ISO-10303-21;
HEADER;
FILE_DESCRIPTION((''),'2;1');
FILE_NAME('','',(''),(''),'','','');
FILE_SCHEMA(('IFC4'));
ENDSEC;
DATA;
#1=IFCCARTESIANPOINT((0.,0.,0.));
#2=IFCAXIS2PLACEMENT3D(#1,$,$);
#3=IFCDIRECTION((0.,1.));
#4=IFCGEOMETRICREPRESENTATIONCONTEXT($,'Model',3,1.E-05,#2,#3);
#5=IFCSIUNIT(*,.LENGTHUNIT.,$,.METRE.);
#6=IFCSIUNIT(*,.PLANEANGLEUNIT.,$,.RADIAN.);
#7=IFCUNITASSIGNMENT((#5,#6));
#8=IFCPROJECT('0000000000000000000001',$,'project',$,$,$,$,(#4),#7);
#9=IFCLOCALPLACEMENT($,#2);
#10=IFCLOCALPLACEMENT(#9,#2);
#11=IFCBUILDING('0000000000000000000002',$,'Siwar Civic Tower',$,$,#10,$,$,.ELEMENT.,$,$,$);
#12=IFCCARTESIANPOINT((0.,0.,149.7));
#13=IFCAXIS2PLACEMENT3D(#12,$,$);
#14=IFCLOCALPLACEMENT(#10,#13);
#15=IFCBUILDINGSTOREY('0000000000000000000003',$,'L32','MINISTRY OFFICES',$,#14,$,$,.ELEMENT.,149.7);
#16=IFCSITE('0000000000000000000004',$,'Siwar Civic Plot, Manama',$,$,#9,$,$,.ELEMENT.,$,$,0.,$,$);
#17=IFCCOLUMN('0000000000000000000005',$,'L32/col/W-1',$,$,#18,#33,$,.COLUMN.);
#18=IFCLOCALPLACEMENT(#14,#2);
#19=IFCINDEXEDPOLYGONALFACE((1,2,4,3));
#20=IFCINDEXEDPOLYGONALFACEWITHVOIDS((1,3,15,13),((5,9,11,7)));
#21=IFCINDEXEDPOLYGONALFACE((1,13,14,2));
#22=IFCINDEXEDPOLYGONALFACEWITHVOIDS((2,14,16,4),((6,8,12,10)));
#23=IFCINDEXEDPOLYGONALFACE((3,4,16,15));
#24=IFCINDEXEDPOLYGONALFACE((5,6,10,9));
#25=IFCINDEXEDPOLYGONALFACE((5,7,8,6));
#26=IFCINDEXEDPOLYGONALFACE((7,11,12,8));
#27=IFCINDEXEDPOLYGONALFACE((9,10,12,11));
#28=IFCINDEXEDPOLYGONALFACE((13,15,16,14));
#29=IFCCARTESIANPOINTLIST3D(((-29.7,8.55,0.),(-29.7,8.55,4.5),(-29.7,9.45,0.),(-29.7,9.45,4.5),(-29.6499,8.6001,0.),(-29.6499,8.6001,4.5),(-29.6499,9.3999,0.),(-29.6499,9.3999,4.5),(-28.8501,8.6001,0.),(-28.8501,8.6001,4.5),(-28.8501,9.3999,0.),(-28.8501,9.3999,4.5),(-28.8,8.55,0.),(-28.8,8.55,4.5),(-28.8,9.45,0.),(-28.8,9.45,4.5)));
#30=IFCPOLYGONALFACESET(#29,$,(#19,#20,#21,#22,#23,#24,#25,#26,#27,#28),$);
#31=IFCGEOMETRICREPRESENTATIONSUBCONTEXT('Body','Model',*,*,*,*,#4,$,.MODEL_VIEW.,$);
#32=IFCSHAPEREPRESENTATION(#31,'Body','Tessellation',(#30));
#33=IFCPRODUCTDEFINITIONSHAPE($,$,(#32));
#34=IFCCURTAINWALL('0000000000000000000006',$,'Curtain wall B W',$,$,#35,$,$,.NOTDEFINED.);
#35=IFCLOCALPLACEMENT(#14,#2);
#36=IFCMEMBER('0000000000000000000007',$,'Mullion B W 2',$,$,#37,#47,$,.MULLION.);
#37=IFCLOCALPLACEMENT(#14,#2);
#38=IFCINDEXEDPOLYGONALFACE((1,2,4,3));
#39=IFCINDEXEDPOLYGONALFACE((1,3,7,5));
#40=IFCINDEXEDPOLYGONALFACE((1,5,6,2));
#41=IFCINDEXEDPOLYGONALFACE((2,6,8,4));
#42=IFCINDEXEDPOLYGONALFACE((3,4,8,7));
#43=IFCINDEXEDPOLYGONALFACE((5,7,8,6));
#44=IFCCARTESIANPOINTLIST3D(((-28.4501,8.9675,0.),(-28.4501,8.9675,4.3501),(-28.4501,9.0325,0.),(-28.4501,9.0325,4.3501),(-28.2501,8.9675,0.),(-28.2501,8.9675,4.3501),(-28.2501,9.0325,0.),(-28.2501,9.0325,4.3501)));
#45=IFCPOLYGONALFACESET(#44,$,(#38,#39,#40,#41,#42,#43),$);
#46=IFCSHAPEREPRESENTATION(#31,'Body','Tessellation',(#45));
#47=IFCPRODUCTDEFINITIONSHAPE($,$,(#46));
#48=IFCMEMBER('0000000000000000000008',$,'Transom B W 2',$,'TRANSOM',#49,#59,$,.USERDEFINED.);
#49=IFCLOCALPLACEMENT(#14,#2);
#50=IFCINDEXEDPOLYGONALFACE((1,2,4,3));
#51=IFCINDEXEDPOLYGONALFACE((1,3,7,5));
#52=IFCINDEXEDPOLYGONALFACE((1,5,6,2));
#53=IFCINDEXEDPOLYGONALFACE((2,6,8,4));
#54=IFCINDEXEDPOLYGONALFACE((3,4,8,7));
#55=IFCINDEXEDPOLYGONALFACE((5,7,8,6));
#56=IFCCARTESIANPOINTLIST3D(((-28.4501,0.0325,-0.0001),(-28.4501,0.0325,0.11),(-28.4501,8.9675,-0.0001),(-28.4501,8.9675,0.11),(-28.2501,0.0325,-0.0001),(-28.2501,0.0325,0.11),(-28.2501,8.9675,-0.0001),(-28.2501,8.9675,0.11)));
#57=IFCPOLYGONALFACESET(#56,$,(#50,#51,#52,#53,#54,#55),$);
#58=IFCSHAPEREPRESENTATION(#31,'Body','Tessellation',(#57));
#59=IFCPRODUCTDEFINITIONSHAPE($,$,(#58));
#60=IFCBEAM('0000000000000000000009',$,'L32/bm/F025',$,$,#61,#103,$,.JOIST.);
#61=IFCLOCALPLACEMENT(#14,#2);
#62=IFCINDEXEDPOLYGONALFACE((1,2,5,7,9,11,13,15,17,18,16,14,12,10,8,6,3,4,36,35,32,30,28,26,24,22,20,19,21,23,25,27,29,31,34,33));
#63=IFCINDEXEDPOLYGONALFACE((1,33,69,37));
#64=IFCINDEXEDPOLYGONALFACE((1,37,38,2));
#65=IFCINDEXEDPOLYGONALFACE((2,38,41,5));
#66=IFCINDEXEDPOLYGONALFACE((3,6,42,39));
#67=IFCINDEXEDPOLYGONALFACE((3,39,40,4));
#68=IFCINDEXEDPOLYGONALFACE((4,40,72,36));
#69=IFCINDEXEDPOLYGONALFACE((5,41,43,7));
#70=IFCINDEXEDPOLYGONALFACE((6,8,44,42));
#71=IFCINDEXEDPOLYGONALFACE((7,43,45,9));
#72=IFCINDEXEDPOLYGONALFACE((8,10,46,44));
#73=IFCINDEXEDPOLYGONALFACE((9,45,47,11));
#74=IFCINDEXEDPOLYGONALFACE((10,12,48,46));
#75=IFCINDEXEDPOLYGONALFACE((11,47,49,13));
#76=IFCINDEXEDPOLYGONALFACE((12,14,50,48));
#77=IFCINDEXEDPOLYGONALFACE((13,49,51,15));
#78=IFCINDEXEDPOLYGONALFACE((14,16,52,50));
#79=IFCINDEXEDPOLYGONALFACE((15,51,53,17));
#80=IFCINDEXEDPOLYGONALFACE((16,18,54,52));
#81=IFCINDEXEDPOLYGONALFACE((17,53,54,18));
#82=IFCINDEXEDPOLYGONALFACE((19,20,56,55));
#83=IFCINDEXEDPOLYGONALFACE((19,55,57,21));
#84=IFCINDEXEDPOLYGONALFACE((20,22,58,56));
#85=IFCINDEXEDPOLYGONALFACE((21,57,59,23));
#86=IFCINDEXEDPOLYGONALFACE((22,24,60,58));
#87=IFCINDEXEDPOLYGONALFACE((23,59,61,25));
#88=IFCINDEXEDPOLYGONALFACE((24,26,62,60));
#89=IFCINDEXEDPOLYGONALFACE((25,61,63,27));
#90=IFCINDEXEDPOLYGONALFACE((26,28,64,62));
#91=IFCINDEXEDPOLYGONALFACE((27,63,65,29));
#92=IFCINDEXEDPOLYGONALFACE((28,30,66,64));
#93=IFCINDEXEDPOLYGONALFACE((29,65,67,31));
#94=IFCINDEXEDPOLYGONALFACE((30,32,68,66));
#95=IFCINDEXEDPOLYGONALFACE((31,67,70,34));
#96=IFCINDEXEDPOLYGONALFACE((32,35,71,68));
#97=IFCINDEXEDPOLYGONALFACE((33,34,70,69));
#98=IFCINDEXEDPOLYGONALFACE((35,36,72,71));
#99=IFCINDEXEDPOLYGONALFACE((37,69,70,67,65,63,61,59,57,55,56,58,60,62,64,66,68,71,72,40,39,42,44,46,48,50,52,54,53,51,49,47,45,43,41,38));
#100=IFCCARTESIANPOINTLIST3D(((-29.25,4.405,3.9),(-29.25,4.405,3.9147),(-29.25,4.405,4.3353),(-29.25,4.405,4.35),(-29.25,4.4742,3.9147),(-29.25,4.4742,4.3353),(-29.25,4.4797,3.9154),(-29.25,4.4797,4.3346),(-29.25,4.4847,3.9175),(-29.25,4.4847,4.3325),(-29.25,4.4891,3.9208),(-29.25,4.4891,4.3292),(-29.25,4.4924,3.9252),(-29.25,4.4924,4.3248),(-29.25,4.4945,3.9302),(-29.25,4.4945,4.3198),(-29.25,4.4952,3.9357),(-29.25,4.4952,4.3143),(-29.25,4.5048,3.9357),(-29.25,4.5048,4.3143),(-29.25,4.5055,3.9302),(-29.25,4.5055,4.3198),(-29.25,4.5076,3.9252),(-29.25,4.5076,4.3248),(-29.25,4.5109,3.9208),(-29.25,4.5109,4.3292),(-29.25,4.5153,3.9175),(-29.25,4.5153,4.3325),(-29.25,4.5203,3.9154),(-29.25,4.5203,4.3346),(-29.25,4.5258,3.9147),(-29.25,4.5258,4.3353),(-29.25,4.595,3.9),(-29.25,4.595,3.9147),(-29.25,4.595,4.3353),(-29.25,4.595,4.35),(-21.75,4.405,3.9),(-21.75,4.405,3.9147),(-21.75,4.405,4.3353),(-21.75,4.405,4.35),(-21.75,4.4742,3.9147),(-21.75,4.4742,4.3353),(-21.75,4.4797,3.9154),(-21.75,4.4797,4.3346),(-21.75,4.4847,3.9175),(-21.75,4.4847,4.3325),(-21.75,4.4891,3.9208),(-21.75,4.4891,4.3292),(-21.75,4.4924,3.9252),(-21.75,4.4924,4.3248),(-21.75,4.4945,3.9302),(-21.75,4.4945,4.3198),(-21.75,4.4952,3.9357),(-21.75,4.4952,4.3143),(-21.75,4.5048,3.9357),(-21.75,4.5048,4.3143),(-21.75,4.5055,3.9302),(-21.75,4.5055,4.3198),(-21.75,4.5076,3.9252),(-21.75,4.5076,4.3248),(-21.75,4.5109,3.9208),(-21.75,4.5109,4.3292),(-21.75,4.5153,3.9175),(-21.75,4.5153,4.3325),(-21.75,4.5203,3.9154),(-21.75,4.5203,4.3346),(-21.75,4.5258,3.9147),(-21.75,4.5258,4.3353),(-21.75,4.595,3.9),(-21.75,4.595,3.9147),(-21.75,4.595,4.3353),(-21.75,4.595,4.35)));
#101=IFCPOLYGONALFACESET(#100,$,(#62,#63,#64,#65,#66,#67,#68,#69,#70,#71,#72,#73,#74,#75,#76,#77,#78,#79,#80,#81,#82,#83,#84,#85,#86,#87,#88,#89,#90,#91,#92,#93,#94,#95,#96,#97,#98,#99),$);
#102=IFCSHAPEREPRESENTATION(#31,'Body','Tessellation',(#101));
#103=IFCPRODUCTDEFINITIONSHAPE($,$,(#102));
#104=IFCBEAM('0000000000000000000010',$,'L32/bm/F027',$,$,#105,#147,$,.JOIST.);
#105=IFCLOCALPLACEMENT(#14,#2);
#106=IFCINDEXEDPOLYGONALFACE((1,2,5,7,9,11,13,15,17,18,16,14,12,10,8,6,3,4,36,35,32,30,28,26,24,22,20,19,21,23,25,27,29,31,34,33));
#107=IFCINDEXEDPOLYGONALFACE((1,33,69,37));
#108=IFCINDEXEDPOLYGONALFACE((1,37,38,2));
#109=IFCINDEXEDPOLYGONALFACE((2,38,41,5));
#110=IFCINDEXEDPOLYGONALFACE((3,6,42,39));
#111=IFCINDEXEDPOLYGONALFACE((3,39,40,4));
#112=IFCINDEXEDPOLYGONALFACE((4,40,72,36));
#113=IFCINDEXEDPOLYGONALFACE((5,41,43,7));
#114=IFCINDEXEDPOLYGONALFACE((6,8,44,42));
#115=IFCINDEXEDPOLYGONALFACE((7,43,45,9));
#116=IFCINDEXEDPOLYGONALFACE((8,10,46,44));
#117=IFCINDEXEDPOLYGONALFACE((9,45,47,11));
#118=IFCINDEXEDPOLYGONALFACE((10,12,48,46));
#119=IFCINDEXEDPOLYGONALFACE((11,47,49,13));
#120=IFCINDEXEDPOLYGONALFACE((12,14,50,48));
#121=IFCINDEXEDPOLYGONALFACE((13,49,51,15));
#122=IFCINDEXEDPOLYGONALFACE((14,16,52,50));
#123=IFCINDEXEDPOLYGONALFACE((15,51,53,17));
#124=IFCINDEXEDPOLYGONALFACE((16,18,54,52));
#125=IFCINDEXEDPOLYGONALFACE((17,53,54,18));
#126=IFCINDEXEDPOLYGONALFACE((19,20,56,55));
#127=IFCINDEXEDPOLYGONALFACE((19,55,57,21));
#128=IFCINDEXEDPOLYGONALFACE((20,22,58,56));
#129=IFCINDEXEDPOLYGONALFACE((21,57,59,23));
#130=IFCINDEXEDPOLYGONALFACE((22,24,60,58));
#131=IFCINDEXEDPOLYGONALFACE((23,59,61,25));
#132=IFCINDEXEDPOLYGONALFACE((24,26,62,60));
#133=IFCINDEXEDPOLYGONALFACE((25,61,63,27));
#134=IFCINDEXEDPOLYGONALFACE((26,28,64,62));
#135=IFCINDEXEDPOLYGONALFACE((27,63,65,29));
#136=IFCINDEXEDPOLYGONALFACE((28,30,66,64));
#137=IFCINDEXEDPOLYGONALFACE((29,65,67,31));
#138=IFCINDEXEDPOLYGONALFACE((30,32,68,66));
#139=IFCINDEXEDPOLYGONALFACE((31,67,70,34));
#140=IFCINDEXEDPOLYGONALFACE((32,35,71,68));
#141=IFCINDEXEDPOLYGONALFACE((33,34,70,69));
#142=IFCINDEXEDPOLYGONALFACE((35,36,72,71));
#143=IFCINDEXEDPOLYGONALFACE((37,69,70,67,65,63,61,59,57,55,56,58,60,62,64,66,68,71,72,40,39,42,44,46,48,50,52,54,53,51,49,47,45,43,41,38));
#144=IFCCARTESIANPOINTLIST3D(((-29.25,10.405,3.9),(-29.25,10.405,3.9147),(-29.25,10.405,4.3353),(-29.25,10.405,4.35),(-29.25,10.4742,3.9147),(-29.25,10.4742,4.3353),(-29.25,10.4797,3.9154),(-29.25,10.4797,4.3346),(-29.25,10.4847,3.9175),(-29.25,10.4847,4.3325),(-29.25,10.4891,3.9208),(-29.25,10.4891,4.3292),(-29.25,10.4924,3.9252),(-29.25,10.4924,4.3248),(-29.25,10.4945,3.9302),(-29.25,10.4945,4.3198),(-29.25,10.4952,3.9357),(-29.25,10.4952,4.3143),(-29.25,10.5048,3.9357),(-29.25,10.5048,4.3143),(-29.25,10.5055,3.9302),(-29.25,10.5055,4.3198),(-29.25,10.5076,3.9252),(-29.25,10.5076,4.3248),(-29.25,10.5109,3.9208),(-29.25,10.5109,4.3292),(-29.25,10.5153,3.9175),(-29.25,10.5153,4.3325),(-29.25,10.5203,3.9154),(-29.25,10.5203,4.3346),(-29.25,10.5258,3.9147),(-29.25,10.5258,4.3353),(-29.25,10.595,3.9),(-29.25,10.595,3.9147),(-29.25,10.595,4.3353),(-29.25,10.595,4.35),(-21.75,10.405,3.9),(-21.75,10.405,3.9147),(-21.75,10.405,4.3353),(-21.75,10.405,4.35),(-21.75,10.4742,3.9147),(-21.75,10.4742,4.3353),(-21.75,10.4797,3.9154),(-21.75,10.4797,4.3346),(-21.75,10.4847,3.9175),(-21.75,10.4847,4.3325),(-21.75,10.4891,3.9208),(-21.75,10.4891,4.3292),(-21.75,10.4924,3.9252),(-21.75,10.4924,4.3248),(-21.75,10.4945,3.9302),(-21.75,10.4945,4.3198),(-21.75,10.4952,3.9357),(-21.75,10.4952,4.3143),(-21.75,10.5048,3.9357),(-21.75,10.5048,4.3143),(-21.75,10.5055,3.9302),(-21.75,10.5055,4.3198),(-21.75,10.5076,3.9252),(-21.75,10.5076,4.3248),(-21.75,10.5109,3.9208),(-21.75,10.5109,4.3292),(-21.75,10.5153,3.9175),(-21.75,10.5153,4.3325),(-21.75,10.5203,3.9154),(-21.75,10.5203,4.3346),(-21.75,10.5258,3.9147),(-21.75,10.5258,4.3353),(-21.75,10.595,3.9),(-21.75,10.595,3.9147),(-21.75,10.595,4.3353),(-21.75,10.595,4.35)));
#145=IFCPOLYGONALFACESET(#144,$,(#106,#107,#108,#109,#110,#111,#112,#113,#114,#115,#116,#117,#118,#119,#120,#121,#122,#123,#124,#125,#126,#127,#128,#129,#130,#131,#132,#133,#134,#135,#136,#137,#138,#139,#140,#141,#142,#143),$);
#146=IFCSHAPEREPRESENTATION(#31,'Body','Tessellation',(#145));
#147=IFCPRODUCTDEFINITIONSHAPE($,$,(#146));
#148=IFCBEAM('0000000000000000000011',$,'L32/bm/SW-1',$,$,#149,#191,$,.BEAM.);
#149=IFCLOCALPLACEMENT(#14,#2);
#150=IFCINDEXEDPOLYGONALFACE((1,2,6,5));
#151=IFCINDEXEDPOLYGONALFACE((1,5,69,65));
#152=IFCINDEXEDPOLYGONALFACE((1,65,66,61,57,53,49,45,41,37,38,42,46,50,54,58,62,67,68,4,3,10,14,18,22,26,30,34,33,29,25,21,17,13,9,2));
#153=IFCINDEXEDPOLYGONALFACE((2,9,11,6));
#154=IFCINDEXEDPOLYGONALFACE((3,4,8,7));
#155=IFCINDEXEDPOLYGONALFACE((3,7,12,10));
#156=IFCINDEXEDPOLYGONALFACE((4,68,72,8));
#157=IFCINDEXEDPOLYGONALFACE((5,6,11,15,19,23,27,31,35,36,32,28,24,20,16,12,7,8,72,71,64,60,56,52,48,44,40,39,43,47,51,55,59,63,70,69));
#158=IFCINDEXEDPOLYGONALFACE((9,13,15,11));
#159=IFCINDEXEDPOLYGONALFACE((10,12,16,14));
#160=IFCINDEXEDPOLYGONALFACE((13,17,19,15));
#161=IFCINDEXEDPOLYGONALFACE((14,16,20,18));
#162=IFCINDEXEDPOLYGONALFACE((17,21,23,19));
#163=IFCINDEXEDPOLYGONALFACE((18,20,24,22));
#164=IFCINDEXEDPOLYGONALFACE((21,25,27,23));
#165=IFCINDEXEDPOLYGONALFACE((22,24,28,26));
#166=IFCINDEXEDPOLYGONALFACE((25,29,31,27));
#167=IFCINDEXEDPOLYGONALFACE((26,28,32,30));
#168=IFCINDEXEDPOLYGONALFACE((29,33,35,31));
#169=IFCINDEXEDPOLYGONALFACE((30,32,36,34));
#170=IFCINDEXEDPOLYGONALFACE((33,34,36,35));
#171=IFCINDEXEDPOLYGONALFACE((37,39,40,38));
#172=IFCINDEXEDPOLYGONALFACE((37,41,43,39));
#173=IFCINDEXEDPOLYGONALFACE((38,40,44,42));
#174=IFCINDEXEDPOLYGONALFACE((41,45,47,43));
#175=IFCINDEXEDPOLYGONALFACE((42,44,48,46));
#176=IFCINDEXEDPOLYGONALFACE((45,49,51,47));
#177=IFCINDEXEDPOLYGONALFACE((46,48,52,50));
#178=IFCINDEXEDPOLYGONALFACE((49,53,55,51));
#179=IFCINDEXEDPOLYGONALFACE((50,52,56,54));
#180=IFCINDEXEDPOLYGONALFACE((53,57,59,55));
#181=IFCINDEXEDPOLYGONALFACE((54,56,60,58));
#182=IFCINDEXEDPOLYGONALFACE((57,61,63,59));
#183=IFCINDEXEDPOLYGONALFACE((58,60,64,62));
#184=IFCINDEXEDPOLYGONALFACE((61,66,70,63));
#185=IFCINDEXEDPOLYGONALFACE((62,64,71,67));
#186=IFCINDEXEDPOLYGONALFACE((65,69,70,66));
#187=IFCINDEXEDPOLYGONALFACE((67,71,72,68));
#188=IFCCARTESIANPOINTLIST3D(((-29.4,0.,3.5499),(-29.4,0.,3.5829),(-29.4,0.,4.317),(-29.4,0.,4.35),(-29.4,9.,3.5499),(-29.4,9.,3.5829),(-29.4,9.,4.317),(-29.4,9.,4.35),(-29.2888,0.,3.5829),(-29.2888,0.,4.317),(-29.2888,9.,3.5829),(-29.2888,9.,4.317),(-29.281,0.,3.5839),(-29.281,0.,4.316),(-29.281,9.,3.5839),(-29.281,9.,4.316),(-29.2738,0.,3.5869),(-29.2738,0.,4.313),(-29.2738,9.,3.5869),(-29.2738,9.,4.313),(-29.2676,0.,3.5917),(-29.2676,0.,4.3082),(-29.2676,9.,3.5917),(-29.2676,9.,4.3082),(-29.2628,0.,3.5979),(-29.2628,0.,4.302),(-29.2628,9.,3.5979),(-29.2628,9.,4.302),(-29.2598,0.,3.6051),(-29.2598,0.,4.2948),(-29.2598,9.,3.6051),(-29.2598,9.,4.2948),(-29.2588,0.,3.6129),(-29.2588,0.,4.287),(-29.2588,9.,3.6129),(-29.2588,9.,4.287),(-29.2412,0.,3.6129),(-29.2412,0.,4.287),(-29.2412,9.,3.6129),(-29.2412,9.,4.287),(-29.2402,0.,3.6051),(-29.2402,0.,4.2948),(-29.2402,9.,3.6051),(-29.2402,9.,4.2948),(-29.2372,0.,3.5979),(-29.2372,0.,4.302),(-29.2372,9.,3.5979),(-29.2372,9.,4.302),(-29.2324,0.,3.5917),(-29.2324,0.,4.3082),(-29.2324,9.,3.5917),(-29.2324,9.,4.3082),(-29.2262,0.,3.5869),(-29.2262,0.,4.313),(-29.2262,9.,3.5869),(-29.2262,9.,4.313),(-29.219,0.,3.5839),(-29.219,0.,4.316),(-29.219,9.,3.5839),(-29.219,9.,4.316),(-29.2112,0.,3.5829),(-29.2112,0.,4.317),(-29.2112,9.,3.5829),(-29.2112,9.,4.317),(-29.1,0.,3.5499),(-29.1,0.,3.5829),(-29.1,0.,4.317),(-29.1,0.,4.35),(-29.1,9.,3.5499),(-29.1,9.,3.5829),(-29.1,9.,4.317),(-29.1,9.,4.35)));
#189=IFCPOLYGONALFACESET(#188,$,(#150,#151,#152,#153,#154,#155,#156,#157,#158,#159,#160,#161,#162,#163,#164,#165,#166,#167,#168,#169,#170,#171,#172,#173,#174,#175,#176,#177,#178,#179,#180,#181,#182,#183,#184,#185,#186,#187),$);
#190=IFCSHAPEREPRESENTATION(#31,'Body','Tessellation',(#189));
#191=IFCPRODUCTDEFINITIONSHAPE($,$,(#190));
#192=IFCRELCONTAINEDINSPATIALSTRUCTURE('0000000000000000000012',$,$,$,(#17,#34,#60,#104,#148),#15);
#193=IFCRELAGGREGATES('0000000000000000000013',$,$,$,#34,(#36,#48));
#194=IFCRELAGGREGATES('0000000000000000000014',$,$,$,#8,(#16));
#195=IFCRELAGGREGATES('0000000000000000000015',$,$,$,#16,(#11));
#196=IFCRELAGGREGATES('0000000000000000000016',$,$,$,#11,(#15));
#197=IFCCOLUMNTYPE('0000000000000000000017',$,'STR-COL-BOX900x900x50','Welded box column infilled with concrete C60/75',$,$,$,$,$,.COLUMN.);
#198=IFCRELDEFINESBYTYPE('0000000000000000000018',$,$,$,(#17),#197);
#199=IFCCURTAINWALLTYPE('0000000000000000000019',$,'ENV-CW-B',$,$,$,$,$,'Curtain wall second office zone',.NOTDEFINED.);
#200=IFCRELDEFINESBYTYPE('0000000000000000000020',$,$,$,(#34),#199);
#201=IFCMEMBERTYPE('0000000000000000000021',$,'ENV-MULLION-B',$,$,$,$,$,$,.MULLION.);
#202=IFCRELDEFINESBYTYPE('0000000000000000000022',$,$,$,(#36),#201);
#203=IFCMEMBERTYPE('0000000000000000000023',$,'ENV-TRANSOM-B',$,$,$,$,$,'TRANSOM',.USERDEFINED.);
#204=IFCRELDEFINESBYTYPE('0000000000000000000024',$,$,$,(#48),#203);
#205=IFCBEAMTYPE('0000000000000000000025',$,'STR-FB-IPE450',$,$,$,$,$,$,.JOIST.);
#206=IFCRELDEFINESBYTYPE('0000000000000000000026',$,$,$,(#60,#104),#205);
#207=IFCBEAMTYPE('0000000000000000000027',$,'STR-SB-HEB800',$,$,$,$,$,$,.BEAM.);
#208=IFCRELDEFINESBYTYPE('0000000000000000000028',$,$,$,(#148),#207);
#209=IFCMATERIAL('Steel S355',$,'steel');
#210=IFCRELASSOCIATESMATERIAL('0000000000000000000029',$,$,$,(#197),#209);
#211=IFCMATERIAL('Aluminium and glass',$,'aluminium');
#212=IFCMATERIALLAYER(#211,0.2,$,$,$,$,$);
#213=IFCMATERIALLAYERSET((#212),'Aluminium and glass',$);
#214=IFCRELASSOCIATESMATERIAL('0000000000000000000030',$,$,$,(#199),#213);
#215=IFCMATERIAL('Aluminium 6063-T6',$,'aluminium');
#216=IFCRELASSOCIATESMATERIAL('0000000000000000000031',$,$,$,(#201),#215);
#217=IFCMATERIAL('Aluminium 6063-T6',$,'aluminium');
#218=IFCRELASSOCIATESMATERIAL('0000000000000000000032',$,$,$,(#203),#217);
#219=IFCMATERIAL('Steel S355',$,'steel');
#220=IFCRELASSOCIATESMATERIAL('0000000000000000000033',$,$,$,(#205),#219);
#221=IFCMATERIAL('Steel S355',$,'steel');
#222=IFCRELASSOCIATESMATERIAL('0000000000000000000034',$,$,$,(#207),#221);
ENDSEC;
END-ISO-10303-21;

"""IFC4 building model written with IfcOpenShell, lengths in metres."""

from ifc_helpers import new_model, si_unit, direction, frame, origin, origin_2d, place, context, subcontext, project, spatial, rectangle, hollow_rectangle, i_section, extrude, material, layer, layer_set, material_profile, profile_set, type_object, element, aggregate, save


model = new_model("IFC4")

# Units and contexts
model_context = context("Model", 3, precision=1e-05, world=origin(), true_north=direction((0.0, 1.0)))
body_context = subcontext(model_context, "Body", "Model", "MODEL_VIEW")
ifc_project = project(units=[si_unit("LENGTHUNIT", "METRE"), si_unit("PLANEANGLEUNIT", "RADIAN")], contexts=[model_context])

# Site, building, storey
site_placement = place(None, origin())
site = spatial("IfcSite", under=ifc_project, at=site_placement, Name="Siwar Civic Plot, Manama", CompositionType="ELEMENT", RefElevation=0.0)
building_placement = place(site_placement, origin())
building = spatial("IfcBuilding", under=site, at=building_placement, Name="Siwar Civic Tower", CompositionType="ELEMENT")
storey_placement = place(building_placement, frame((0.0, 0.0, 149.7)))
storey = spatial("IfcBuildingStorey", under=building, at=storey_placement, Name="L32", Description="MINISTRY OFFICES", CompositionType="ELEMENT", Elevation=149.7)

# Column
ifc_material_1 = material(Name="Steel S355", Category="steel")
ifc_material_profile_1 = material_profile(ifc_material_1, hollow_rectangle(XDim=0.8999, YDim=0.8999, WallThickness=0.05, at=origin_2d()), Name="BOX900x900x50")
ifc_profile_set_1 = profile_set([ifc_material_profile_1], Name="Steel S355")
column_type = type_object("IfcColumnType", Name="STR-COL-BOX900x900x50", Description="Welded box column infilled with concrete C60/75", PredefinedType="COLUMN", material=ifc_profile_set_1)
column_placement = place(storey_placement, frame((-29.25, 9.0, 0.0), z_axis=(0.0, 0.0, 1.0), x_axis=(1.0, 0.0, 0.0)))
element("IfcColumn", 1, at=column_placement, inside=storey, type_object=column_type, Name="L32/col/W-1", PredefinedType="COLUMN", context=body_context, shape_type="SweptSolid", body=[
    extrude(hollow_rectangle(XDim=0.8999, YDim=0.8999, WallThickness=0.05, at=origin_2d()), origin(), (0.0, 0.0, 1.0), 4.5),
])

# Curtain wall, members
ifc_material_2 = material(Name="Aluminium and glass", Category="aluminium")
ifc_layer_1 = layer(ifc_material_2, 0.2)
ifc_layer_set_1 = layer_set([ifc_layer_1], Name="Aluminium and glass")
curtain_wall_type = type_object("IfcCurtainWallType", Name="ENV-CW-B", ElementType="Curtain wall second office zone", PredefinedType="NOTDEFINED", material=ifc_layer_set_1)
curtain_wall_placement = place(storey_placement, origin())
curtain_wall = element("IfcCurtainWall", 2, at=curtain_wall_placement, inside=storey, type_object=curtain_wall_type, Name="Curtain wall B W", PredefinedType="NOTDEFINED")
ifc_material_3 = material(Name="Aluminium 6063-T6", Category="aluminium")
ifc_material_profile_2 = material_profile(ifc_material_3, rectangle(XDim=0.2, YDim=0.0649, at=origin_2d()), Name="AL 200x65")
ifc_profile_set_2 = profile_set([ifc_material_profile_2], Name="Aluminium 6063-T6")
member_type_1 = type_object("IfcMemberType", Name="ENV-MULLION-B", PredefinedType="MULLION", material=ifc_profile_set_2)
member_1_placement = place(storey_placement, frame((-28.3501, 9.0, 0.0), z_axis=(0.0, 0.0, 1.0), x_axis=(1.0, 0.0, 0.0)))
member_1 = element("IfcMember", 3, at=member_1_placement, type_object=member_type_1, Name="Mullion B W 2", PredefinedType="MULLION", context=body_context, shape_type="SweptSolid", body=[
    extrude(rectangle(XDim=0.2, YDim=0.0649, at=origin_2d()), origin(), (0.0, 0.0, 1.0), 4.3501),
])
ifc_material_4 = material(Name="Aluminium 6063-T6", Category="aluminium")
ifc_material_profile_3 = material_profile(ifc_material_4, rectangle(XDim=0.2, YDim=0.1101, at=origin_2d()), Name="AL 200x110")
ifc_profile_set_3 = profile_set([ifc_material_profile_3], Name="Aluminium 6063-T6")
member_type_2 = type_object("IfcMemberType", Name="ENV-TRANSOM-B", ElementType="TRANSOM", PredefinedType="USERDEFINED", material=ifc_profile_set_3)
member_2_placement = place(storey_placement, frame((-28.3501, 8.9675, 0.0549), z_axis=(0.0, -1.0, 0.0), x_axis=(1.0, 0.0, 0.0)))
member_2 = element("IfcMember", 4, at=member_2_placement, type_object=member_type_2, Name="Transom B W 2", ObjectType="TRANSOM", PredefinedType="USERDEFINED", context=body_context, shape_type="SweptSolid", body=[
    extrude(rectangle(XDim=0.2, YDim=0.1101, at=origin_2d()), origin(), (0.0, 0.0, 1.0), 8.9351),
])

# Beams
ifc_material_5 = material(Name="Steel S355", Category="steel")
ifc_material_profile_4 = material_profile(ifc_material_5, i_section(OverallWidth=0.1899, OverallDepth=0.45, WebThickness=0.0095, FlangeThickness=0.0146, FilletRadius=0.021, at=origin_2d()), Name="IPE450")
ifc_profile_set_4 = profile_set([ifc_material_profile_4], Name="Steel S355")
beam_type_1 = type_object("IfcBeamType", Name="STR-FB-IPE450", PredefinedType="JOIST", material=ifc_profile_set_4)
for number, where, z_axis, x_axis, name in (
    (5, (-29.25, 4.5, 4.125), (1.0, 0.0, 0.0), (0.0, 1.0, 0.0), "L32/bm/F025"),
    (6, (-29.25, 10.5, 4.125), (1.0, 0.0, 0.0), (0.0, 1.0, 0.0), "L32/bm/F027"),
):
    element("IfcBeam", number, at=place(storey_placement, frame(where, z_axis=z_axis, x_axis=x_axis)), inside=storey, type_object=beam_type_1, Name=name, PredefinedType="JOIST", context=body_context, shape_type="SweptSolid", body=[
        extrude(i_section(OverallWidth=0.1899, OverallDepth=0.45, WebThickness=0.0095, FlangeThickness=0.0146, FilletRadius=0.021, at=origin_2d()), origin(), (0.0, 0.0, 1.0), 7.5),
    ])
ifc_material_6 = material(Name="Steel S355", Category="steel")
ifc_material_profile_5 = material_profile(ifc_material_6, i_section(OverallWidth=0.3, OverallDepth=0.8, WebThickness=0.0176, FlangeThickness=0.033, FilletRadius=0.03, at=origin_2d()), Name="HEB800")
ifc_profile_set_5 = profile_set([ifc_material_profile_5], Name="Steel S355")
beam_type_2 = type_object("IfcBeamType", Name="STR-SB-HEB800", PredefinedType="BEAM", material=ifc_profile_set_5)
beam_placement = place(storey_placement, frame((-29.25, 9.0, 3.95), z_axis=(0.0, -1.0, 0.0), x_axis=(1.0, 0.0, 0.0)))
element("IfcBeam", 7, at=beam_placement, inside=storey, type_object=beam_type_2, Name="L32/bm/SW-1", PredefinedType="BEAM", context=body_context, shape_type="SweptSolid", body=[
    extrude(i_section(OverallWidth=0.3, OverallDepth=0.8, WebThickness=0.0176, FlangeThickness=0.033, FilletRadius=0.03, at=origin_2d()), origin(), (0.0, 0.0, 1.0), 9.0),
])

aggregate(curtain_wall, [member_1, member_2])

save(model, "model.ifc")
